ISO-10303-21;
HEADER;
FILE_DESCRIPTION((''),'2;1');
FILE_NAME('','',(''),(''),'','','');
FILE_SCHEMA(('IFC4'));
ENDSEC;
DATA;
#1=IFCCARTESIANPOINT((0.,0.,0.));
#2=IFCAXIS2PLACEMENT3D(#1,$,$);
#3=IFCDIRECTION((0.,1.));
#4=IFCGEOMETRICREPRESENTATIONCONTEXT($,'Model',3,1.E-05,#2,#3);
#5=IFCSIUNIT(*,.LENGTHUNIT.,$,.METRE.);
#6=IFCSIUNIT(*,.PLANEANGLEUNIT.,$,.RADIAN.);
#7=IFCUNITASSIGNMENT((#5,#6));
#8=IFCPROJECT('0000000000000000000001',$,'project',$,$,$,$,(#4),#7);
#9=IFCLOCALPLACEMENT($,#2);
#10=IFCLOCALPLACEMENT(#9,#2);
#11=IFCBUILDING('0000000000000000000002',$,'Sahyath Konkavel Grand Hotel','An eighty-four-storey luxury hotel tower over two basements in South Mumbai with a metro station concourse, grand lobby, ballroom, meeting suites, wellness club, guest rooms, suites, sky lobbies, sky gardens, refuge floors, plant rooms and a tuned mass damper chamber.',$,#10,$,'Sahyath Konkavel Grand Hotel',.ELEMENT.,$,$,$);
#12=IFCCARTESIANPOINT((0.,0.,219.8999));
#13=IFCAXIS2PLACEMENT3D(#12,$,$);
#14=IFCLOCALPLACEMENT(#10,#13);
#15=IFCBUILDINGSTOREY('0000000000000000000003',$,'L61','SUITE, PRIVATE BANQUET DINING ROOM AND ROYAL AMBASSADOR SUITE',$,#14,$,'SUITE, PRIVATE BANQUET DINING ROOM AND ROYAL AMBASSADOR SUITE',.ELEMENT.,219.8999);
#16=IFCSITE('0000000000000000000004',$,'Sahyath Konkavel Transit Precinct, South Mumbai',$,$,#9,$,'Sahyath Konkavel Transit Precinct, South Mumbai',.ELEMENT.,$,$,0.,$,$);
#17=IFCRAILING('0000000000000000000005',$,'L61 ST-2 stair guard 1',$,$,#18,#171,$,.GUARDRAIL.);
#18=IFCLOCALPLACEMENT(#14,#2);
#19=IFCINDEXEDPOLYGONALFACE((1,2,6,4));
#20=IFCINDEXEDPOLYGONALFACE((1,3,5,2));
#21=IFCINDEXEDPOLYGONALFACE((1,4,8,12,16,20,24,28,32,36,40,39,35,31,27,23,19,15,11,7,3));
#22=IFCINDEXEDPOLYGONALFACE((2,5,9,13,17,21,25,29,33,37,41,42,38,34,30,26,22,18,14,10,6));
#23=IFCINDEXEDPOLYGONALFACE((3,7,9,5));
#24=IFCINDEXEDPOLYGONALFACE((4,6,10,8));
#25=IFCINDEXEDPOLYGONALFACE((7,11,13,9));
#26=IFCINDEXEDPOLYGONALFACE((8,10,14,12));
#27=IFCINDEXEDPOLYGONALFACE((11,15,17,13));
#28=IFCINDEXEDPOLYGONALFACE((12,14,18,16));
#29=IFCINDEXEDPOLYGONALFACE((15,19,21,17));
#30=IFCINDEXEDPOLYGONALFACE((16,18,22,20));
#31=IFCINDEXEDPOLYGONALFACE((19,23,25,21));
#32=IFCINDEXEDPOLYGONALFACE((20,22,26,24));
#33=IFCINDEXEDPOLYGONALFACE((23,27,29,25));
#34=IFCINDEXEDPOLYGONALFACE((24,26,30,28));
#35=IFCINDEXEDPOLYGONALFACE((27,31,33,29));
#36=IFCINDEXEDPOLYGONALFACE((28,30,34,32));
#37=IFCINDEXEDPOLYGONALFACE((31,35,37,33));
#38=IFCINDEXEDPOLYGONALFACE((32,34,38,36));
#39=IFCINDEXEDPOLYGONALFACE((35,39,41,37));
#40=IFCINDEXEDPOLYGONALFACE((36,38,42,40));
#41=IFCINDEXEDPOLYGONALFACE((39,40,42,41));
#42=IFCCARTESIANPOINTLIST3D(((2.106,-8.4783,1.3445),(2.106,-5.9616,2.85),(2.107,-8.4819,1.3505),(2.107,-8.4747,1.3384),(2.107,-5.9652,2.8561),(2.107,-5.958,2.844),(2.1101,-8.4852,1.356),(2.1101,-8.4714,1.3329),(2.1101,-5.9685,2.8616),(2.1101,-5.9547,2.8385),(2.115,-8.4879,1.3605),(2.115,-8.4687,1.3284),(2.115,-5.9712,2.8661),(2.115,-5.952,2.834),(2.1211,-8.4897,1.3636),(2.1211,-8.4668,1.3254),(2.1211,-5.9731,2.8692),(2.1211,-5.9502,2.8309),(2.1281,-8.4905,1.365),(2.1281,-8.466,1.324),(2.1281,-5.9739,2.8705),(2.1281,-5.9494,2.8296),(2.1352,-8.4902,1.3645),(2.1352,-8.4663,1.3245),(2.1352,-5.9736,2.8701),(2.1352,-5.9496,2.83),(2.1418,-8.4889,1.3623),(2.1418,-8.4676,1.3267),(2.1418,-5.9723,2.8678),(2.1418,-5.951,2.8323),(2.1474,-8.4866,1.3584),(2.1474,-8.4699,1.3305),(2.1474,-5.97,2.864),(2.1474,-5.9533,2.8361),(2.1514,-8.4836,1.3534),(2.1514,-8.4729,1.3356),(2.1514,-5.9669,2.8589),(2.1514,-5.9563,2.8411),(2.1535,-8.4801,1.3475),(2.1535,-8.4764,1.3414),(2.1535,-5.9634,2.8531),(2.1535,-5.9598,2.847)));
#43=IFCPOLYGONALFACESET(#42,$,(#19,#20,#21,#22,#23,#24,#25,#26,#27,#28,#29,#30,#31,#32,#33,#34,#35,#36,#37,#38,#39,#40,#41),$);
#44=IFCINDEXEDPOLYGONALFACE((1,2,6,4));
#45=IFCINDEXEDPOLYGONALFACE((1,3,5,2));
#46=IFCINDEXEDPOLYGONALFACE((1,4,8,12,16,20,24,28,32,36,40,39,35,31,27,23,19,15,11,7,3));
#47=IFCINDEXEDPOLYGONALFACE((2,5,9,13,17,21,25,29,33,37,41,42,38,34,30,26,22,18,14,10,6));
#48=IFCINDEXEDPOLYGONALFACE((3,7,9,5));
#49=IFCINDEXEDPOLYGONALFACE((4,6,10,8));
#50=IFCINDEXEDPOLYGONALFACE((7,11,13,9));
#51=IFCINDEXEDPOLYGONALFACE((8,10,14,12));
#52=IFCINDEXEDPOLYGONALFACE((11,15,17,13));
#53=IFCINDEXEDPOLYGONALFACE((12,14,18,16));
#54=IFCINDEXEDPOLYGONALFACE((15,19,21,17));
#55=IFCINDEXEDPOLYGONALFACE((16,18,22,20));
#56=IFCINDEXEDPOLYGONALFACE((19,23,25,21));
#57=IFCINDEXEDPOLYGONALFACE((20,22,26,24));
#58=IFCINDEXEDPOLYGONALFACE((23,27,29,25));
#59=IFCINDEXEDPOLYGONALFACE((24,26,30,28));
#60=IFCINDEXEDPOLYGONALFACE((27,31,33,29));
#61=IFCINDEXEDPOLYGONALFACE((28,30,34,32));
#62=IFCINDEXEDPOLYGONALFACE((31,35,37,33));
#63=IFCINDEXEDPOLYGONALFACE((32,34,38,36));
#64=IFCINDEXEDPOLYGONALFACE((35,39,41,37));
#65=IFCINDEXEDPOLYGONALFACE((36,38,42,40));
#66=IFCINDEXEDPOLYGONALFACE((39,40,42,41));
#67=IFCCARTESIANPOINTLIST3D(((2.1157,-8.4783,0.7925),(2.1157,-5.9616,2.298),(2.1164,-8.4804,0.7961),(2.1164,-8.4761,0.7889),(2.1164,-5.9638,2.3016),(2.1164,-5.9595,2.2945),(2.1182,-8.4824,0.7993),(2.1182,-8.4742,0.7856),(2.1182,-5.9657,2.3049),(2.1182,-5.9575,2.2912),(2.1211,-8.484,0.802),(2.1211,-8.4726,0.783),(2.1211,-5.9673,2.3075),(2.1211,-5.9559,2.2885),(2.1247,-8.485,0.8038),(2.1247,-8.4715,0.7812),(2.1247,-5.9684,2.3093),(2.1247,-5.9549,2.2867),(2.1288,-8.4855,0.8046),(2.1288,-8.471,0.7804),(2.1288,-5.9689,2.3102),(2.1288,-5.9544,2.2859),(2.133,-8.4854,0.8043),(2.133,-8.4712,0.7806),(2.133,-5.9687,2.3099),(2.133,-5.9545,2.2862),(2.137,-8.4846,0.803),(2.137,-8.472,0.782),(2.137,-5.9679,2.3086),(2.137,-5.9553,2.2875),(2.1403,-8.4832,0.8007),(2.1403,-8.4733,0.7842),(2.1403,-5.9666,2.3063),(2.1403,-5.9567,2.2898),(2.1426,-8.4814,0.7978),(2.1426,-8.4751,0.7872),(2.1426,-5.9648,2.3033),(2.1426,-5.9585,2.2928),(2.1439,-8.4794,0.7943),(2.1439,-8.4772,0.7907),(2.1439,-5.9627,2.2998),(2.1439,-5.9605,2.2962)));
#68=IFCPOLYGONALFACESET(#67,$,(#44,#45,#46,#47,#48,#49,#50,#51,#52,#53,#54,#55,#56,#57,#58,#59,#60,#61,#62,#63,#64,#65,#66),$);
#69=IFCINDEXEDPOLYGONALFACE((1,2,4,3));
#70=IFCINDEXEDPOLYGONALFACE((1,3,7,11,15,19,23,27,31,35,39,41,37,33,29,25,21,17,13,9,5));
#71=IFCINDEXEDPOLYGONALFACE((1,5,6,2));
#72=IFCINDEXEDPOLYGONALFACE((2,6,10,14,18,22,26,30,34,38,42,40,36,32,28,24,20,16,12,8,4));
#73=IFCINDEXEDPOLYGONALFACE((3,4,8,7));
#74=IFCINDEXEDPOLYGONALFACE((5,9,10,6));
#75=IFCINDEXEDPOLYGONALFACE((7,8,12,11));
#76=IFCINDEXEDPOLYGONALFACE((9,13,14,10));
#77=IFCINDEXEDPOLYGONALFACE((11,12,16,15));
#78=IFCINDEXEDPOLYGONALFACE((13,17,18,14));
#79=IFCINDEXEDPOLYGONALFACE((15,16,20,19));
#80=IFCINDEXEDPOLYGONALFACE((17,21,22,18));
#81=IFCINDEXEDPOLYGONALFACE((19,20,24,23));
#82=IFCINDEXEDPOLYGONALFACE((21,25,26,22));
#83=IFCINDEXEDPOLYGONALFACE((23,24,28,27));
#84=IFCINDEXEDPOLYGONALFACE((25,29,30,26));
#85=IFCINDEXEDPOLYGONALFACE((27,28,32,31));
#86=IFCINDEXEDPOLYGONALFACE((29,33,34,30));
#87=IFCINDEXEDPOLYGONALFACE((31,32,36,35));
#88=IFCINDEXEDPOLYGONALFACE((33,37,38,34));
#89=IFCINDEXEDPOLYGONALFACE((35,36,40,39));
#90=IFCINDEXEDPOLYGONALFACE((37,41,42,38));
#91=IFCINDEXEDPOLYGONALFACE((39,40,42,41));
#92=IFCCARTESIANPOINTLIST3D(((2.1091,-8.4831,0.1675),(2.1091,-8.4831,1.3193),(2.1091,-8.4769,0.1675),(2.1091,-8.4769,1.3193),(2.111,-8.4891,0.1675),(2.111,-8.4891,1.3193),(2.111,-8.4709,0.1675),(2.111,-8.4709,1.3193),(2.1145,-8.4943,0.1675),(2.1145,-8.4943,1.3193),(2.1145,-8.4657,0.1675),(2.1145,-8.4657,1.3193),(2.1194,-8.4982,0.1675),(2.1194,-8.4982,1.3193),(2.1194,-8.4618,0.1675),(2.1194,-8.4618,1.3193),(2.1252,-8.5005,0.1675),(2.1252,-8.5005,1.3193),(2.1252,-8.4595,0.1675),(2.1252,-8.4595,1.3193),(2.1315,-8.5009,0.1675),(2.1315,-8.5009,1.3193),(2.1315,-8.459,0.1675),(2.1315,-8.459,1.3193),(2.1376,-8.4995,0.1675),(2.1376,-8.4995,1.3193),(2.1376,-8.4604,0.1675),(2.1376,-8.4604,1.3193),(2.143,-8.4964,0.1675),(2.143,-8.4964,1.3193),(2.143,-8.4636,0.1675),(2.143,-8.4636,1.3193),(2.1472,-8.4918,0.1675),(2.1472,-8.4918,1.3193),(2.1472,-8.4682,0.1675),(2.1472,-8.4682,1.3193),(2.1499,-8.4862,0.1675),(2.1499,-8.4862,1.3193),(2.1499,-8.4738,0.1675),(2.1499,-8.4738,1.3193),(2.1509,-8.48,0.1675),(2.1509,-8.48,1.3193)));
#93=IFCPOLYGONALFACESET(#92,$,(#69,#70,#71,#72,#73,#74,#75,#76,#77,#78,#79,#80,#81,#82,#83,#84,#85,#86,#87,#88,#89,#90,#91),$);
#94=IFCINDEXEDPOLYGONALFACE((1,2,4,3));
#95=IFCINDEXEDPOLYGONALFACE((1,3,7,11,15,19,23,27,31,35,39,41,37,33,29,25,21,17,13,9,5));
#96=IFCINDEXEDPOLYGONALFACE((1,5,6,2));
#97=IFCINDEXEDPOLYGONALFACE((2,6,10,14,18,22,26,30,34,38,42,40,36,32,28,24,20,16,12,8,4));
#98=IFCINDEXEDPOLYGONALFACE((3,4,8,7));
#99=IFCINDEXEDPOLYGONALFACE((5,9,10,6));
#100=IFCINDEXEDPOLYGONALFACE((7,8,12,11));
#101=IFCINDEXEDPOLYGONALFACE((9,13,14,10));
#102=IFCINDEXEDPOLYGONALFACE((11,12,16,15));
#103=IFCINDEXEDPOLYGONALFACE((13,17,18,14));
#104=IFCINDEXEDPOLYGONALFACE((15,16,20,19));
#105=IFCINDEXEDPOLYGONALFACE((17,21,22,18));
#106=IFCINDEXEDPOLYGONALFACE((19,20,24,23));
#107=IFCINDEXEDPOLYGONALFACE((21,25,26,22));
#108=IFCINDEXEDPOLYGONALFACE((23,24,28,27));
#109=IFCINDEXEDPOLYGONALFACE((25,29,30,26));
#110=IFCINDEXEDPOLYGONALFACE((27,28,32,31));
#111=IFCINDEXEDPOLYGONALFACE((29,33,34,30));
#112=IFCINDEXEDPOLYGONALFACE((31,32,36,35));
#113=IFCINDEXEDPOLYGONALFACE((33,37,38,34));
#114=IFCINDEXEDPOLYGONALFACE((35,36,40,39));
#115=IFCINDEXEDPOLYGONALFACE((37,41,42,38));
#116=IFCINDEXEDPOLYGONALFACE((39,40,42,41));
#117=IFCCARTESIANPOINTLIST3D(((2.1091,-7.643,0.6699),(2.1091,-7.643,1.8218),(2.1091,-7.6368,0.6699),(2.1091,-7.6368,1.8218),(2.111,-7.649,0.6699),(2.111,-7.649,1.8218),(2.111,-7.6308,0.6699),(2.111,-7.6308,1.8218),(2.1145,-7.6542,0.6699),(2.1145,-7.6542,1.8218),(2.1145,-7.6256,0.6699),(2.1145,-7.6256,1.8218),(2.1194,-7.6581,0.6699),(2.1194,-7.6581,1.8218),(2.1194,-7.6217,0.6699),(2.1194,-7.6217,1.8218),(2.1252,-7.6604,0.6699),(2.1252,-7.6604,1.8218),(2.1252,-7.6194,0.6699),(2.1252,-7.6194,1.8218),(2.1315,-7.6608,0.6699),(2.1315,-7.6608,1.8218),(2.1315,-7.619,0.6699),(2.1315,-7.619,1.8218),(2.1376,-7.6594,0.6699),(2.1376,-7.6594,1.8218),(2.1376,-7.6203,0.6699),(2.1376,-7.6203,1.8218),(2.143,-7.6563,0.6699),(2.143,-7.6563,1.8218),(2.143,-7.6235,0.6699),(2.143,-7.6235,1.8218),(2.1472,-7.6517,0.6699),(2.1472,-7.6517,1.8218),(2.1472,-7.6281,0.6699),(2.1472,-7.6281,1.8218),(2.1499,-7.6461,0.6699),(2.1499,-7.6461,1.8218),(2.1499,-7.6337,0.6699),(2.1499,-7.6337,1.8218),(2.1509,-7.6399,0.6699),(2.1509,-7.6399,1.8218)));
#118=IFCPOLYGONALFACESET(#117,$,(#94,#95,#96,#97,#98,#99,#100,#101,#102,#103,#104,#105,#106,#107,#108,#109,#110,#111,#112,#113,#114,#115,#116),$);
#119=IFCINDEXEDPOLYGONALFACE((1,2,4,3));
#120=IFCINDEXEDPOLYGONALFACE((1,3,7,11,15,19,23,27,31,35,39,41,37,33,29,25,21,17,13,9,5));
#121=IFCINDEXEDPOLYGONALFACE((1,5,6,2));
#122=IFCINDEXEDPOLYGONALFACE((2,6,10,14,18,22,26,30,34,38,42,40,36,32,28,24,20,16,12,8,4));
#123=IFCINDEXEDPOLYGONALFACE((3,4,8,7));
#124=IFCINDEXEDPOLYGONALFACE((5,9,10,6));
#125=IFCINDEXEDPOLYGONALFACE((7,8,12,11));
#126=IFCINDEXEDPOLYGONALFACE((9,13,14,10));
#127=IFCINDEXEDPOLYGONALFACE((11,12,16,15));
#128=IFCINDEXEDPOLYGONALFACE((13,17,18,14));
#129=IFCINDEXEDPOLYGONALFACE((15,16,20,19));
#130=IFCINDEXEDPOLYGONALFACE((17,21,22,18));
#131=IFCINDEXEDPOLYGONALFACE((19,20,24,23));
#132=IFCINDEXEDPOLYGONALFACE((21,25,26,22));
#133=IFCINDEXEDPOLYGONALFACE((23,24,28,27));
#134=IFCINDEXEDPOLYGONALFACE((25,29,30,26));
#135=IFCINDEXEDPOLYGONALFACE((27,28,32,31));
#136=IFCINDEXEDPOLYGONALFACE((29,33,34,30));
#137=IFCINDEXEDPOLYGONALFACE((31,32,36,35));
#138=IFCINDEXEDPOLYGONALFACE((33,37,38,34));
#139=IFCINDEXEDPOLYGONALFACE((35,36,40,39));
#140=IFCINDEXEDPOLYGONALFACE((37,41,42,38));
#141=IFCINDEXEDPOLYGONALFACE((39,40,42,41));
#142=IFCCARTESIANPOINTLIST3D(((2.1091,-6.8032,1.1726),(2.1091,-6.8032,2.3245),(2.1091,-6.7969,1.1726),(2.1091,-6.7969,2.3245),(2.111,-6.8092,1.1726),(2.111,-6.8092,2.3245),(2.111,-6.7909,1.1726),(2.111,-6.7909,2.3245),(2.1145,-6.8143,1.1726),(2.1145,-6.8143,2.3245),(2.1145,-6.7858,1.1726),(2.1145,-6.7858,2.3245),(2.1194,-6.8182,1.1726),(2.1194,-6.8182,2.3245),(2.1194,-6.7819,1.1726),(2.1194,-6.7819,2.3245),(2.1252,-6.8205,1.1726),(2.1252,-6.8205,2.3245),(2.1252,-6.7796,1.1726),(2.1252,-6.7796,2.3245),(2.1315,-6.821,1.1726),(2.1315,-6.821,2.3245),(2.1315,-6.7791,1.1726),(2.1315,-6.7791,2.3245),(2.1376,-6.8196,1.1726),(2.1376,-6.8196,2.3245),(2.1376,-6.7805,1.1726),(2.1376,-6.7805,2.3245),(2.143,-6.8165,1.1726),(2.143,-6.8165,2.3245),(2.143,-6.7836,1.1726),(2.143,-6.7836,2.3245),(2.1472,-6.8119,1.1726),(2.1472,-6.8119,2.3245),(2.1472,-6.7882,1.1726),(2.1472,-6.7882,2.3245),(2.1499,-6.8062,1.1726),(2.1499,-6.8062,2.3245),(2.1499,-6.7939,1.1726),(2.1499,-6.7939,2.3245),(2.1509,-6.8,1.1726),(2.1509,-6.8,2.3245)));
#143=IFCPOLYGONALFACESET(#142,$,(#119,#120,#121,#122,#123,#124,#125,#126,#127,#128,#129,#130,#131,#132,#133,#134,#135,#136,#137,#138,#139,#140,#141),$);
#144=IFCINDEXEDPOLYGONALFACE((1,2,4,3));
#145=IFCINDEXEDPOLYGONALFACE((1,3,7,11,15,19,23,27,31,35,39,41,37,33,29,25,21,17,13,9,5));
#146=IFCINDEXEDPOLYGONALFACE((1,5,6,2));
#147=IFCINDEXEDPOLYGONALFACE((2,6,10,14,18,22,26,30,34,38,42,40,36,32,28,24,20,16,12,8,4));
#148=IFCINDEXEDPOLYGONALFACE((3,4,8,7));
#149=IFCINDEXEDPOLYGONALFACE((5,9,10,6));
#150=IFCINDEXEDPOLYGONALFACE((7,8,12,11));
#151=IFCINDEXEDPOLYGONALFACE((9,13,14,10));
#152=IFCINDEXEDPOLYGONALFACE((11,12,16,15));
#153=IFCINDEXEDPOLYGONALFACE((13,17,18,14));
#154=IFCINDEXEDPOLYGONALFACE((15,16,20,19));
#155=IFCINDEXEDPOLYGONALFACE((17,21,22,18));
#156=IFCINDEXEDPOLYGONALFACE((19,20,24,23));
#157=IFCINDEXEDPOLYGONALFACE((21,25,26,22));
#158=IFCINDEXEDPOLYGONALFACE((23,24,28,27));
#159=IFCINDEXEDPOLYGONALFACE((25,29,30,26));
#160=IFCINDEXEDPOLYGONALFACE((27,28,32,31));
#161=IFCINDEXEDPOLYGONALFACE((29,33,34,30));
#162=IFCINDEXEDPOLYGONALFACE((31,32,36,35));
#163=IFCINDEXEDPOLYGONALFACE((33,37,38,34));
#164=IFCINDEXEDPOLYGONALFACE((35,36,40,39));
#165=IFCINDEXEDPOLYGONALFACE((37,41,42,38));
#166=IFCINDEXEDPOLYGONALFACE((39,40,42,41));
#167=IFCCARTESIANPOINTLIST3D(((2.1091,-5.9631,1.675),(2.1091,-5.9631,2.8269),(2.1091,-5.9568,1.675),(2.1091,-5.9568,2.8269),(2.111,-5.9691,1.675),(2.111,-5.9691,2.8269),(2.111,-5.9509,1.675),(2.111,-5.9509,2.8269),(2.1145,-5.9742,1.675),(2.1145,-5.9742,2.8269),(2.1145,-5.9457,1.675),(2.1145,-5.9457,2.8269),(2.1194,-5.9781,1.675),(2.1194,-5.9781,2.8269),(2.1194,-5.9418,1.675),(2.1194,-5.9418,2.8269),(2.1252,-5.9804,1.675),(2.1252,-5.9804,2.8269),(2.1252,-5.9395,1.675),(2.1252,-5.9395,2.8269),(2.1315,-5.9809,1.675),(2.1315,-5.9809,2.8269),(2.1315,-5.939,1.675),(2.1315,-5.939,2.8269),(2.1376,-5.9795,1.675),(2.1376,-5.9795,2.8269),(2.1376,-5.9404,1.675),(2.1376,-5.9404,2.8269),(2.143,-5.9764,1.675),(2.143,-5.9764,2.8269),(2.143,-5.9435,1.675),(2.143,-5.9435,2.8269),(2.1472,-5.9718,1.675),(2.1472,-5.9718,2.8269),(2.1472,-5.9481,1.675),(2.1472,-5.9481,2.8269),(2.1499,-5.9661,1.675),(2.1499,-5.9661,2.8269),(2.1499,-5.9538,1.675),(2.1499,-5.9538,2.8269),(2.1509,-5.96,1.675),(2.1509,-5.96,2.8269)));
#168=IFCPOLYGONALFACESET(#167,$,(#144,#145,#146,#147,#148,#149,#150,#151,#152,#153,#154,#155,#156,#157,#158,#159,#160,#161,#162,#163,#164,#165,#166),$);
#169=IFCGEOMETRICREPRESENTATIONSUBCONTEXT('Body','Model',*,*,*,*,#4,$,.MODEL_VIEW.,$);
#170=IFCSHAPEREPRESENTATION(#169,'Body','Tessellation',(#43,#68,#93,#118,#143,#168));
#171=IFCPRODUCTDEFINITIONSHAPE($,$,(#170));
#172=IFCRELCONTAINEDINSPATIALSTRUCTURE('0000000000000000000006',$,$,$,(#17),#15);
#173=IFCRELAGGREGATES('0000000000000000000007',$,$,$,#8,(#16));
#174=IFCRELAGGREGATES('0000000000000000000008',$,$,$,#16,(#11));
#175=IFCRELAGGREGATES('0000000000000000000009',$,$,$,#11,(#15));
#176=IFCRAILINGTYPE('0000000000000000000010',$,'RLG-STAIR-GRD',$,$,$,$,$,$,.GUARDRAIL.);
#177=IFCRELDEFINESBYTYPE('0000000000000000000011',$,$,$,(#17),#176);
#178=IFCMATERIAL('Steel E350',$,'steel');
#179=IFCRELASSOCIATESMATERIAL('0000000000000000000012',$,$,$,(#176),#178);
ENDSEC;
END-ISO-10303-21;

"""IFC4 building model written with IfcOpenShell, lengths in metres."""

from ifc_helpers import new_model, si_unit, direction, frame, origin, origin_2d, place, context, subcontext, project, spatial, circle, extrude, material, type_object, element, save


model = new_model("IFC4")

# Units and contexts
model_context = context("Model", 3, precision=1e-05, world=origin(), true_north=direction((0.0, 1.0)))
body_context = subcontext(model_context, "Body", "Model", "MODEL_VIEW")
ifc_project = project(units=[si_unit("LENGTHUNIT", "METRE"), si_unit("PLANEANGLEUNIT", "RADIAN")], contexts=[model_context])

# Site, building, storey
site_placement = place(None, origin())
site = spatial("IfcSite", under=ifc_project, at=site_placement, Name="Sahyath Konkavel Transit Precinct, South Mumbai", LongName="Sahyath Konkavel Transit Precinct, South Mumbai", CompositionType="ELEMENT", RefElevation=0.0)
building_placement = place(site_placement, origin())
building = spatial("IfcBuilding", under=site, at=building_placement, Name="Sahyath Konkavel Grand Hotel", Description="An eighty-four-storey luxury hotel tower over two basements in South Mumbai with a metro station concourse, grand lobby, ballroom, meeting suites, wellness club, guest rooms, suites, sky lobbies, sky gardens, refuge floors, plant rooms and a tuned mass damper chamber.", LongName="Sahyath Konkavel Grand Hotel", CompositionType="ELEMENT")
storey_placement = place(building_placement, frame((0.0, 0.0, 219.8999)))
storey = spatial("IfcBuildingStorey", under=building, at=storey_placement, Name="L61", Description="SUITE, PRIVATE BANQUET DINING ROOM AND ROYAL AMBASSADOR SUITE", LongName="SUITE, PRIVATE BANQUET DINING ROOM AND ROYAL AMBASSADOR SUITE", CompositionType="ELEMENT", Elevation=219.8999)

# Shared definitions
ifc_material_1 = material(Name="Steel E350", Category="steel")

# Railing
railing_type_1 = type_object("IfcRailingType", Name="RLG-STAIR-GRD", PredefinedType="GUARDRAIL", material=ifc_material_1)
railing_1_placement = place(storey_placement, frame((2.1299, -8.48, 0.1675)))
element("IfcRailing", 1, at=railing_1_placement, inside=storey, type_object=railing_type_1, Name="L61 ST-2 stair guard 1", PredefinedType="GUARDRAIL", context=body_context, shape_type="SweptSolid", body=[
    extrude(circle(Radius=0.0239, at=origin_2d()), frame((0.0, 0.0017, 1.177), z_axis=(0.0, 0.85816, 0.513383), x_axis=(-1.0, 0.0, 0.0)), (0.0, 0.0, 1.0), 2.9326),
    extrude(circle(Radius=0.0142, at=origin_2d()), frame((0.0, 0.0017, 0.625), z_axis=(0.0, 0.85816, 0.513383), x_axis=(-1.0, 0.0, 0.0)), (0.0, 0.0, 1.0), 2.9326),
    extrude(circle(Radius=0.021, at=origin_2d()), origin(), (0.0, 0.0, 1.0), 1.1519),
    extrude(circle(Radius=0.021, at=origin_2d()), frame((0.0, 0.8401, 0.5024)), (0.0, 0.0, 1.0), 1.1519),
    extrude(circle(Radius=0.021, at=origin_2d()), frame((0.0, 1.6799, 1.0051)), (0.0, 0.0, 1.0), 1.1519),
    extrude(circle(Radius=0.021, at=origin_2d()), frame((0.0, 2.52, 1.5076)), (0.0, 0.0, 1.0), 1.1519),
])

save(model, "model.ifc")
